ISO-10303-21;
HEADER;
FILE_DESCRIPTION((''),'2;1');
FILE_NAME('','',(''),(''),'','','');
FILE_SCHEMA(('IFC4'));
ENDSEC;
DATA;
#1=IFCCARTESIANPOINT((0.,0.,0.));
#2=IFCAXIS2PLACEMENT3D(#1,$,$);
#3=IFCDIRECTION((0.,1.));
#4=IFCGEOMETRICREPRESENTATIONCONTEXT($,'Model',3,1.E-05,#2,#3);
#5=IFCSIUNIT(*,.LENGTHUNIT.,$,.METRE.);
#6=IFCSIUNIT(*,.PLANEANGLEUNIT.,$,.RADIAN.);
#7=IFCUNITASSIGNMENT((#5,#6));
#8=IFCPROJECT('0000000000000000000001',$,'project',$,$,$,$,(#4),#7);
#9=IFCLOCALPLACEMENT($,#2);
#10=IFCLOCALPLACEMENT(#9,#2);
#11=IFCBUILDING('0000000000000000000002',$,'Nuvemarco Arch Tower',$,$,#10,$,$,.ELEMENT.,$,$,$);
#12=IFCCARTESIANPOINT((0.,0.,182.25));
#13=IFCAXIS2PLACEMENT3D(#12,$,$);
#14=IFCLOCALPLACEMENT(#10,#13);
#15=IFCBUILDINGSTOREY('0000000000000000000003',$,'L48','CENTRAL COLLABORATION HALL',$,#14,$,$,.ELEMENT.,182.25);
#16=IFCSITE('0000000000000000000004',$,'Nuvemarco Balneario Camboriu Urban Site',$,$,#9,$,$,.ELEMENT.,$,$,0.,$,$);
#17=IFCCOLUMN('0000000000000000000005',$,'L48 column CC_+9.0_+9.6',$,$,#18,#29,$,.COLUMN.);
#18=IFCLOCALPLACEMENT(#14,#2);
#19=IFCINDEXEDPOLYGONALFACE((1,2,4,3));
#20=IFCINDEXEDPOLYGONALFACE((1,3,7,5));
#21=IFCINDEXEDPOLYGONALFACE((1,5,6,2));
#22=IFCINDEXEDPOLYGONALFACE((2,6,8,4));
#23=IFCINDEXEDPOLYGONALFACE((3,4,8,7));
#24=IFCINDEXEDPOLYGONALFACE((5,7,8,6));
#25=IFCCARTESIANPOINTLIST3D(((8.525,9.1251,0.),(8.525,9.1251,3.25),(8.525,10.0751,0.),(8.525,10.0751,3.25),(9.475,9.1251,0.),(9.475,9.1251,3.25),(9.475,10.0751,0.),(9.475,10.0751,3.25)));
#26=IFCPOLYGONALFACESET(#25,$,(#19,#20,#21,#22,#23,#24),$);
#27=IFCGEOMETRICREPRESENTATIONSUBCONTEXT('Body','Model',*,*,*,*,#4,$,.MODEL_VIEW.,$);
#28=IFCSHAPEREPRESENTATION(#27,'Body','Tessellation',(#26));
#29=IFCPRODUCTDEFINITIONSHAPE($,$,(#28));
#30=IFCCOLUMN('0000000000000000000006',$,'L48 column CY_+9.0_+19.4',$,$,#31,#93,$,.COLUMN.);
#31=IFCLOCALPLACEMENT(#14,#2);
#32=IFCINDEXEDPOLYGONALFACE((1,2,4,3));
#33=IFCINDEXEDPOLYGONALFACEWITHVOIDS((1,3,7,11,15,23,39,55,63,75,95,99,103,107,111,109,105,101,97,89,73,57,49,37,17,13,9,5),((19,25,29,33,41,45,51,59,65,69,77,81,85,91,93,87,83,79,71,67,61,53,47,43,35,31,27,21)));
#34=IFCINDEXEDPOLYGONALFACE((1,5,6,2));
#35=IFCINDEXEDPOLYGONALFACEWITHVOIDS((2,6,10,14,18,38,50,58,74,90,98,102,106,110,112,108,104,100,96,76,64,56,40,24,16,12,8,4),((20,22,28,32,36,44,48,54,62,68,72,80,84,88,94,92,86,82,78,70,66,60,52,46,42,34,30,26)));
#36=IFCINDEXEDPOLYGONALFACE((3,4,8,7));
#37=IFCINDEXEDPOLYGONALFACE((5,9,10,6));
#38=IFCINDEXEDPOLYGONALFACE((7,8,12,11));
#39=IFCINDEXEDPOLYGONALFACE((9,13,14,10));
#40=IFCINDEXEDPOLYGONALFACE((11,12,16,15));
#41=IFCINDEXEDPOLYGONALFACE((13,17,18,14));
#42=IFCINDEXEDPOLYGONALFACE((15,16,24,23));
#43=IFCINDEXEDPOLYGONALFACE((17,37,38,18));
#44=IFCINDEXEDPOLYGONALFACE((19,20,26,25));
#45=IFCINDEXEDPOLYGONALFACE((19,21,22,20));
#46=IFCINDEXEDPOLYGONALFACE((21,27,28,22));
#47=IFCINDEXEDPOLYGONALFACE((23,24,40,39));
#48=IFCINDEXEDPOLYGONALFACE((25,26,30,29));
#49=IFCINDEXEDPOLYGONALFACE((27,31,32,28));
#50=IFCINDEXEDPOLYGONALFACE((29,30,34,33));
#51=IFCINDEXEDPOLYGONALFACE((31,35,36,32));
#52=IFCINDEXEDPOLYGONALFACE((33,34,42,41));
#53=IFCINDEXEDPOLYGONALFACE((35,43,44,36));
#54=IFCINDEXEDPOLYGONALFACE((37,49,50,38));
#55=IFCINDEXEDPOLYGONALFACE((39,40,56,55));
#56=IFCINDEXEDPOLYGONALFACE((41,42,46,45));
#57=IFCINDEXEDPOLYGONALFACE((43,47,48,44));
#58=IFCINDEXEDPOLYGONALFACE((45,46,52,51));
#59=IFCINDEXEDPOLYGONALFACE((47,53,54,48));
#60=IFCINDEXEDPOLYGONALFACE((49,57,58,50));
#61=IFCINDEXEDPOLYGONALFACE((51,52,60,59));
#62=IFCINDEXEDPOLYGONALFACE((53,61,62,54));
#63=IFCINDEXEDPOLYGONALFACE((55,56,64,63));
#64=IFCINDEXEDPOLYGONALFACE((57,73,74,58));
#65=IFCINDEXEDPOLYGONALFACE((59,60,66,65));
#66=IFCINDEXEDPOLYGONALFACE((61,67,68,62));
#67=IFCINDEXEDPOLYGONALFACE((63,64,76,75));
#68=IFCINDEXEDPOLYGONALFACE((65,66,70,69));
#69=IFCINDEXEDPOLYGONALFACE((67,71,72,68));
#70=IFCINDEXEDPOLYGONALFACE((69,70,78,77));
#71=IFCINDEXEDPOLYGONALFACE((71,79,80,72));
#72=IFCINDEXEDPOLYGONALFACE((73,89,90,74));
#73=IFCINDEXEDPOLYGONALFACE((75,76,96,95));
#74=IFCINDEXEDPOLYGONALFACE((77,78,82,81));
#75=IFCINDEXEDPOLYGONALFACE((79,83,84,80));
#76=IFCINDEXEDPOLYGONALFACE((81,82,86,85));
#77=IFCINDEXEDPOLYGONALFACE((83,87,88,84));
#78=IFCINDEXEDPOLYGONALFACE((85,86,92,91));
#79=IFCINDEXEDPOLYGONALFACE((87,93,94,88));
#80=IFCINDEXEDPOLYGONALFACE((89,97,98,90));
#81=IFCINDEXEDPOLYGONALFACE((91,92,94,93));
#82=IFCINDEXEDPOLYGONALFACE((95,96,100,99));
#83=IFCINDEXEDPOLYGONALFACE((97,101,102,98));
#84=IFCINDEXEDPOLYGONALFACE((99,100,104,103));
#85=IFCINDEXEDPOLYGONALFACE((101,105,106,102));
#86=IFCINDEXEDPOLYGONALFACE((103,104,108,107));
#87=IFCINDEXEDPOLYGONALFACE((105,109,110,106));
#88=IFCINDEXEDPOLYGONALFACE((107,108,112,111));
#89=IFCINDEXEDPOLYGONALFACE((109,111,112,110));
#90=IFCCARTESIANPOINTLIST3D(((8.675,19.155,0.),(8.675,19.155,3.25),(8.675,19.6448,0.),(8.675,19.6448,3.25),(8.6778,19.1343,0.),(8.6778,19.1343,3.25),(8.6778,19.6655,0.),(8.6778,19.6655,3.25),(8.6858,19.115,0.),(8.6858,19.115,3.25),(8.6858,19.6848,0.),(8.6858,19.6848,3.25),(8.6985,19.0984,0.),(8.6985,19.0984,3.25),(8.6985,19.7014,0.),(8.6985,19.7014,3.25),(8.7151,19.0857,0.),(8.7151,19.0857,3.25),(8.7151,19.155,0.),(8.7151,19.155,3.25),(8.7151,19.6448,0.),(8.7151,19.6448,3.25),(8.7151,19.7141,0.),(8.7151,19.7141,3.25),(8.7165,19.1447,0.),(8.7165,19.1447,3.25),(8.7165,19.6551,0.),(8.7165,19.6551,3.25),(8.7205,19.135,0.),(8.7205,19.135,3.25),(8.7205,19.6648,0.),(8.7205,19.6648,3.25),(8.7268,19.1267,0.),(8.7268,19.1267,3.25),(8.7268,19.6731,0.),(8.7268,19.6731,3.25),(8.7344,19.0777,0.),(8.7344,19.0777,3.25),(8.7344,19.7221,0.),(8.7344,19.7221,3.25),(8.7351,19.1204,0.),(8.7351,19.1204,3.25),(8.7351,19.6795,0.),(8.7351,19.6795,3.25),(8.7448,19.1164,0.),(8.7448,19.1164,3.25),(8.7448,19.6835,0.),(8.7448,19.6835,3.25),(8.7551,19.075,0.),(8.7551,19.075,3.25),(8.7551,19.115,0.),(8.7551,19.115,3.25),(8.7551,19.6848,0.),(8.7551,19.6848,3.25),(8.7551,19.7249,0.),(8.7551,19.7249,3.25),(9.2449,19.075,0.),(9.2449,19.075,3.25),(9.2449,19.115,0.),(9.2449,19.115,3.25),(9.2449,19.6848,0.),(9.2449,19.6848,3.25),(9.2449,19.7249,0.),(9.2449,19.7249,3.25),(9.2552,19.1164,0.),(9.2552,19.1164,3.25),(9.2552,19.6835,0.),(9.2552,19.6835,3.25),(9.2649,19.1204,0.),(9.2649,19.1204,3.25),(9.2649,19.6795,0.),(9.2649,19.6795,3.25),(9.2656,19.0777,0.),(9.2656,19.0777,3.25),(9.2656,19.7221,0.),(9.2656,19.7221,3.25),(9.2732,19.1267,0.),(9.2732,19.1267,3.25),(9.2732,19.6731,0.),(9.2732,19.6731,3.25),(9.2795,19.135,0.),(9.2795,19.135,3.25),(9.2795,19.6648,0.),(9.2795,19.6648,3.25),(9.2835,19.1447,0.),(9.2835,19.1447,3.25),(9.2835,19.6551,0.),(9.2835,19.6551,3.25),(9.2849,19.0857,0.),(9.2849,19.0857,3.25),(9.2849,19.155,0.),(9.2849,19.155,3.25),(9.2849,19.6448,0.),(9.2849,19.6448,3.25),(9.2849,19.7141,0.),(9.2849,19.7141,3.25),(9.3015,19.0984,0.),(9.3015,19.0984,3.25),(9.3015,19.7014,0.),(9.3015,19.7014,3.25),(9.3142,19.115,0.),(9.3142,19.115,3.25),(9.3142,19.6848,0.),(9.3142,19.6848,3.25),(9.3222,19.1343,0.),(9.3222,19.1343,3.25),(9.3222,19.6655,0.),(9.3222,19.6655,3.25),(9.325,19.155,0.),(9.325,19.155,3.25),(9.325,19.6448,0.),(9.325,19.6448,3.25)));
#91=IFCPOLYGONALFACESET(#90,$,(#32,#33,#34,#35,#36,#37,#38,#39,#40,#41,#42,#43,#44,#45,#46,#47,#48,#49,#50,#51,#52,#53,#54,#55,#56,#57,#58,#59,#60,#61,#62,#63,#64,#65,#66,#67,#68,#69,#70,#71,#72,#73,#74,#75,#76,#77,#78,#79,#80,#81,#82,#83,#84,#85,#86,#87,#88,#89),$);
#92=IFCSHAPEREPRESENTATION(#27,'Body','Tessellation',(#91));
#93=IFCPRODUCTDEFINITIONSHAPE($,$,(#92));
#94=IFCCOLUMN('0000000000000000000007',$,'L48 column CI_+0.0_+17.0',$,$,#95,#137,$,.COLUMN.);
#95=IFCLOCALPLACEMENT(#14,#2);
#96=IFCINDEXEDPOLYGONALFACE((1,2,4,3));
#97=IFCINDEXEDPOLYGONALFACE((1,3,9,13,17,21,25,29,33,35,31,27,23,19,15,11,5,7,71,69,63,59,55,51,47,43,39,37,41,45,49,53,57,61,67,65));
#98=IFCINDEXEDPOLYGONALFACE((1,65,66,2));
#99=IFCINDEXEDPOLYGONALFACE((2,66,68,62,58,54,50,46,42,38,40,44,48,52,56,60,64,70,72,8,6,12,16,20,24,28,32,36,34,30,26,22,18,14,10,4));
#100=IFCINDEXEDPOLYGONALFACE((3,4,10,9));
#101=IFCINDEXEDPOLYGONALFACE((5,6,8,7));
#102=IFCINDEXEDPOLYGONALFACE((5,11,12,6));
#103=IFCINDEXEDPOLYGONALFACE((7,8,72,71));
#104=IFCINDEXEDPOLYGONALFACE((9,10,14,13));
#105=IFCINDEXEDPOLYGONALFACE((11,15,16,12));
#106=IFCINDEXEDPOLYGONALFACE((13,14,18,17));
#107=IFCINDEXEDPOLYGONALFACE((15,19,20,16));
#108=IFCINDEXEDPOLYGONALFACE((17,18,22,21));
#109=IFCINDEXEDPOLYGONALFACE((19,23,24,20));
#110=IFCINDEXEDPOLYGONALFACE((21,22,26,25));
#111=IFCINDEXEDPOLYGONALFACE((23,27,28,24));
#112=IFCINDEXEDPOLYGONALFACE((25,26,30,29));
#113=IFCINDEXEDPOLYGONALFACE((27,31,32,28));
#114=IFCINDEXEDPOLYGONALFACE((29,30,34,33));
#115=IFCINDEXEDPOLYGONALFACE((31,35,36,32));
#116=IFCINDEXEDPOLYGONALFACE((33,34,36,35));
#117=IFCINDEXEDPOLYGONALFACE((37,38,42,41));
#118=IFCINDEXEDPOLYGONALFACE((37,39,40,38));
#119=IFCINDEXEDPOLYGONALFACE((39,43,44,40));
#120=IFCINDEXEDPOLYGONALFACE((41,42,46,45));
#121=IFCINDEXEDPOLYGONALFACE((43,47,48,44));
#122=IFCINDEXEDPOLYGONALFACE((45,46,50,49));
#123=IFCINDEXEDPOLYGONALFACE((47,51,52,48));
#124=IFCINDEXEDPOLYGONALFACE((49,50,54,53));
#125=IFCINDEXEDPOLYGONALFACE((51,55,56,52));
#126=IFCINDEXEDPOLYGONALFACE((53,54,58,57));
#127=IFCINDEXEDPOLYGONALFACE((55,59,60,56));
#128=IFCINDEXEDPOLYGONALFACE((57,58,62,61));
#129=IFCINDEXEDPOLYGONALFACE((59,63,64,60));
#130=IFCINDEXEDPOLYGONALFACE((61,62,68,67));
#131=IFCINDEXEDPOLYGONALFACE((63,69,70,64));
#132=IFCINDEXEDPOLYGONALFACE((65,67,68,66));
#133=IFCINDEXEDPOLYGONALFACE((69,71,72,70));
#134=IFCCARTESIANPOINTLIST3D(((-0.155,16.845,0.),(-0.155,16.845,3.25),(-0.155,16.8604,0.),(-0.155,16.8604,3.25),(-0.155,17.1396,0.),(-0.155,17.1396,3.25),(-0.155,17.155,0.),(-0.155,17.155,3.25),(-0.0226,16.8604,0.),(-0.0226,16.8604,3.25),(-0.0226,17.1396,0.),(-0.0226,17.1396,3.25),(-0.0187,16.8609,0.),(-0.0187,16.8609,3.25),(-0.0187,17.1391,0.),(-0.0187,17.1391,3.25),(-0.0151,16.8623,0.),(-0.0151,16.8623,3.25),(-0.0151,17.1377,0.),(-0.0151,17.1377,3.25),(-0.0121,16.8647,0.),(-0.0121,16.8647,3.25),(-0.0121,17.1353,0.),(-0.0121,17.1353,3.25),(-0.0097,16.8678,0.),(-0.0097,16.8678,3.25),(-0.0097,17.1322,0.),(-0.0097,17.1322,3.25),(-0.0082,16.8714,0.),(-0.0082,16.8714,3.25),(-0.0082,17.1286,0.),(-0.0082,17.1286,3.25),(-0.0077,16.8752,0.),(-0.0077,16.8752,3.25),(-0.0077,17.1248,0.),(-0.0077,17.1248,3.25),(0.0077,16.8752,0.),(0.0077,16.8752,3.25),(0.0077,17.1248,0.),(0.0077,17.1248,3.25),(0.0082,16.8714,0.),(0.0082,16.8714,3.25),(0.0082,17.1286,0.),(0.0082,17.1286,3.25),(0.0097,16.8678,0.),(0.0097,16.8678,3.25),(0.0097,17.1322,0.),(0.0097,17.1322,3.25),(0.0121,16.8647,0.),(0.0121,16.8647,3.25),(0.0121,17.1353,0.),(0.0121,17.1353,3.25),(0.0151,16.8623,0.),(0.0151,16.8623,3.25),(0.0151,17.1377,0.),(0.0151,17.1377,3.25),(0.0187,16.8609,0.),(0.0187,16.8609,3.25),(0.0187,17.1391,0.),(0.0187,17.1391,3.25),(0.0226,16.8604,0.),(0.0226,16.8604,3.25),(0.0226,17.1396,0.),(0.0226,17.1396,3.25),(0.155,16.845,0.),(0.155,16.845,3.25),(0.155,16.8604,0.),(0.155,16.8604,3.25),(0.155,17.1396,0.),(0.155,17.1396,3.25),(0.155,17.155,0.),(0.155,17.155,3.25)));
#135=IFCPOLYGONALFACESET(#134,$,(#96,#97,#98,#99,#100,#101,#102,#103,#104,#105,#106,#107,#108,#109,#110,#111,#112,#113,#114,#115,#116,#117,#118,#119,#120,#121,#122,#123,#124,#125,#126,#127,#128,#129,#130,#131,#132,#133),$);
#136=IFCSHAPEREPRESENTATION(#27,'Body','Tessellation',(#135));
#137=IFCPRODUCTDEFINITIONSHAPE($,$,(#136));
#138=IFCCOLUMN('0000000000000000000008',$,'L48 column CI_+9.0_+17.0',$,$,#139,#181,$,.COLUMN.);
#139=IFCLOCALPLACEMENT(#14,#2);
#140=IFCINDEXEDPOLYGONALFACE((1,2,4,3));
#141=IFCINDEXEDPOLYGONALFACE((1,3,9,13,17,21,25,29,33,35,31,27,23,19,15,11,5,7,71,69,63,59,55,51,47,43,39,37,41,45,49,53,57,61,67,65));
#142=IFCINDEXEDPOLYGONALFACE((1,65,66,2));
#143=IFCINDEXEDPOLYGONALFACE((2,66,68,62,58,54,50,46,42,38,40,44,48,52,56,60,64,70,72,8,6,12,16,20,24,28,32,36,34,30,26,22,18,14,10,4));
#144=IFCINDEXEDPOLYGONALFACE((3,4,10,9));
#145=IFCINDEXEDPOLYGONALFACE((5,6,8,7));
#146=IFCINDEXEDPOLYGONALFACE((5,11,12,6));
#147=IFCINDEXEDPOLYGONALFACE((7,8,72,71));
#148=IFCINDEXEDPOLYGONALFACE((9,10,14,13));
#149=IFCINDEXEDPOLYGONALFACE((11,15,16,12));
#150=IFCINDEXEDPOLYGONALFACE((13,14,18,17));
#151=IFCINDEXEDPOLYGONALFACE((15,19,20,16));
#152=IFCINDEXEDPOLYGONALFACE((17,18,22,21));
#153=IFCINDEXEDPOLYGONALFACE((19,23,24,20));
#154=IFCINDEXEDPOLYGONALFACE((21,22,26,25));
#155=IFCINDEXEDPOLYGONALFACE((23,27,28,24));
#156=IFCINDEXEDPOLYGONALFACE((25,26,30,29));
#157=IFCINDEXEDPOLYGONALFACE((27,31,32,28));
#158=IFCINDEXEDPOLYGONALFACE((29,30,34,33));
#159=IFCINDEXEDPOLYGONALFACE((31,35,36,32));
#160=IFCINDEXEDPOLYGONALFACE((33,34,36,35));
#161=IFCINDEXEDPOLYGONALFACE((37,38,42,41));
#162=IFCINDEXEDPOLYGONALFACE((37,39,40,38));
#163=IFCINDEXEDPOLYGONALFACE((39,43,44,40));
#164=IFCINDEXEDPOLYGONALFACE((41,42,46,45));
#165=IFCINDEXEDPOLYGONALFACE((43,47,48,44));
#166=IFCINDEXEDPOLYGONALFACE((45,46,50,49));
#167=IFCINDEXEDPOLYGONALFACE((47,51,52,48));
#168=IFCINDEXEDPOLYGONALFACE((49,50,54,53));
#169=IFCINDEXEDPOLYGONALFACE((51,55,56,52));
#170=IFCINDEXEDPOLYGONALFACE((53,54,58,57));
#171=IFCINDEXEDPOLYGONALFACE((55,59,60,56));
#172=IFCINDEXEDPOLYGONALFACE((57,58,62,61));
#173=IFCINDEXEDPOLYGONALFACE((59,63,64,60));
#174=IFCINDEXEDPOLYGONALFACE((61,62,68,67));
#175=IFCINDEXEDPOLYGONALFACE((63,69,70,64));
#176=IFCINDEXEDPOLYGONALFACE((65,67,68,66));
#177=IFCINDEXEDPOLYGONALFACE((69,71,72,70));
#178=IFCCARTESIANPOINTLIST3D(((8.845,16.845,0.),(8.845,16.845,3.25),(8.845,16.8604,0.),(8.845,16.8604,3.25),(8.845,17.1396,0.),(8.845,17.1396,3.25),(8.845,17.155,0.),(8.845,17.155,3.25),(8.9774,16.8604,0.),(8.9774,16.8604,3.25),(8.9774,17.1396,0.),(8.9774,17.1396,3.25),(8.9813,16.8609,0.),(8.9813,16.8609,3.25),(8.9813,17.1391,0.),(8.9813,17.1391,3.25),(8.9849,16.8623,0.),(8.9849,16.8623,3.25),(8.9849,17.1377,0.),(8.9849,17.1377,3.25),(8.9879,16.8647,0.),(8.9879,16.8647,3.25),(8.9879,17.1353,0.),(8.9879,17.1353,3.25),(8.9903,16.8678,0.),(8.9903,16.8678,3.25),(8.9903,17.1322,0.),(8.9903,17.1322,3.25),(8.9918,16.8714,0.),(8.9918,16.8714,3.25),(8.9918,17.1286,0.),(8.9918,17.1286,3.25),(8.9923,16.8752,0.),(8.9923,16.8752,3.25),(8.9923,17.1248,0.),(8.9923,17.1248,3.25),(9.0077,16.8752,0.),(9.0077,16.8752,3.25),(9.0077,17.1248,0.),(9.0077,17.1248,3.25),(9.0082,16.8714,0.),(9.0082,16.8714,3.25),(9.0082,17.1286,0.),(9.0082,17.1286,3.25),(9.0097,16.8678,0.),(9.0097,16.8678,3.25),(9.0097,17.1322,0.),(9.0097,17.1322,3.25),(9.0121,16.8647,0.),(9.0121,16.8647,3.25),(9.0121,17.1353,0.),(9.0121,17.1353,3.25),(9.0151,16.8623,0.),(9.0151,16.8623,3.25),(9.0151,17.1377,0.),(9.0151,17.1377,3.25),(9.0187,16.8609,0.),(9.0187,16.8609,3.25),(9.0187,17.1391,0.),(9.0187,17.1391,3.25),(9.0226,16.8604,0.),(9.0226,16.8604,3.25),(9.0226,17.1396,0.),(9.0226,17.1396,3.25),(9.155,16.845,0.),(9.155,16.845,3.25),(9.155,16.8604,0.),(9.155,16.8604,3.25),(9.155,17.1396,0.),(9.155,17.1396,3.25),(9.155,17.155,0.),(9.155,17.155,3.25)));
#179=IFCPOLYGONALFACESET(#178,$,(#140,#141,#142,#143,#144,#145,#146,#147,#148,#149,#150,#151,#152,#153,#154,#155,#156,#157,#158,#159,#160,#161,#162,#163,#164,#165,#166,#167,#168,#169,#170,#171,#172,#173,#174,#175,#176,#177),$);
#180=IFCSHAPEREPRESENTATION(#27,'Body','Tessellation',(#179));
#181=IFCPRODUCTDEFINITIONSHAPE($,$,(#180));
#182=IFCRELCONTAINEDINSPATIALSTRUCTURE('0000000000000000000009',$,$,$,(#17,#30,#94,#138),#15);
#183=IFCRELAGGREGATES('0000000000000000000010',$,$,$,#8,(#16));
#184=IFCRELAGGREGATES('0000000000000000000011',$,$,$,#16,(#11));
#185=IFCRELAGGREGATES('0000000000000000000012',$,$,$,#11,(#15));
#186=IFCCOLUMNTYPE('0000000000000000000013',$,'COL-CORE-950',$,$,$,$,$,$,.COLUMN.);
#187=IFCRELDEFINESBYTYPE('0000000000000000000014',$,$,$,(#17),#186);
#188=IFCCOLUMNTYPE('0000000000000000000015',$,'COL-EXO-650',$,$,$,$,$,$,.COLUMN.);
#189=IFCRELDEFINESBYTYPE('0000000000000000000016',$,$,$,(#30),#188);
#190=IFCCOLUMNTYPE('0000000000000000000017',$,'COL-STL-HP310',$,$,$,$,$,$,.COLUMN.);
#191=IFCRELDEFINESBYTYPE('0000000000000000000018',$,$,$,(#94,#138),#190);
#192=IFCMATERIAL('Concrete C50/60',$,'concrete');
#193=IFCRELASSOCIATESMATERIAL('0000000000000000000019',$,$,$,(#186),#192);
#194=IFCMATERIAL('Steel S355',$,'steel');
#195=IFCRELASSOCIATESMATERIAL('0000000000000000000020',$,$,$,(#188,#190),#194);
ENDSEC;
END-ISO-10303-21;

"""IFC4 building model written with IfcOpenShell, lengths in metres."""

from ifc_helpers import new_model, si_unit, direction, frame, origin, origin_2d, place, context, subcontext, project, spatial, rectangle, hollow_rectangle, i_section, extrude, material, material_profile, profile_set, type_object, element, save


model = new_model("IFC4")

# Units and contexts
model_context = context("Model", 3, precision=1e-05, world=origin(), true_north=direction((0.0, 1.0)))
body_context = subcontext(model_context, "Body", "Model", "MODEL_VIEW")
ifc_project = project(units=[si_unit("LENGTHUNIT", "METRE"), si_unit("PLANEANGLEUNIT", "RADIAN")], contexts=[model_context])

# Site, building, storey
site_placement = place(None, origin())
site = spatial("IfcSite", under=ifc_project, at=site_placement, Name="Nuvemarco Balneario Camboriu Urban Site", CompositionType="ELEMENT", RefElevation=0.0)
building_placement = place(site_placement, origin())
building = spatial("IfcBuilding", under=site, at=building_placement, Name="Nuvemarco Arch Tower", CompositionType="ELEMENT")
storey_placement = place(building_placement, frame((0.0, 0.0, 182.25)))
storey = spatial("IfcBuildingStorey", under=building, at=storey_placement, Name="L48", Description="CENTRAL COLLABORATION HALL", CompositionType="ELEMENT", Elevation=182.25)

# Columns
ifc_material_1 = material(Name="Concrete C50/60", Category="concrete")
ifc_material_profile_1 = material_profile(ifc_material_1, rectangle(XDim=0.95, YDim=0.95, at=origin_2d()), Name="RC-COL-950x950")
ifc_profile_set_1 = profile_set([ifc_material_profile_1], Name="Concrete C50/60")
column_type_1 = type_object("IfcColumnType", Name="COL-CORE-950", PredefinedType="COLUMN", material=ifc_profile_set_1)
column_1_placement = place(storey_placement, frame((9.0, 9.6001, 0.0), z_axis=(0.0, 0.0, 1.0), x_axis=(1.0, 0.0, 0.0)))
element("IfcColumn", 1, at=column_1_placement, inside=storey, type_object=column_type_1, Name="L48 column CC_+9.0_+9.6", PredefinedType="COLUMN", context=body_context, shape_type="SweptSolid", body=[
    extrude(rectangle(XDim=0.95, YDim=0.95, at=origin_2d()), origin(), (0.0, 0.0, 1.0), 3.25),
])
ifc_material_2 = material(Name="Steel S355", Category="steel")
ifc_material_profile_2 = material_profile(ifc_material_2, hollow_rectangle(XDim=0.6499, YDim=0.6499, WallThickness=0.04, InnerFilletRadius=0.04, OuterFilletRadius=0.0801, at=origin_2d()), Name="SHS650x650x40")
ifc_profile_set_2 = profile_set([ifc_material_profile_2], Name="Steel S355")
column_type_2 = type_object("IfcColumnType", Name="COL-EXO-650", PredefinedType="COLUMN", material=ifc_profile_set_2)
column_2_placement = place(storey_placement, frame((9.0, 19.3999, 0.0), z_axis=(0.0, 0.0, 1.0), x_axis=(1.0, 0.0, 0.0)))
element("IfcColumn", 2, at=column_2_placement, inside=storey, type_object=column_type_2, Name="L48 column CY_+9.0_+19.4", PredefinedType="COLUMN", context=body_context, shape_type="SweptSolid", body=[
    extrude(hollow_rectangle(XDim=0.6499, YDim=0.6499, WallThickness=0.04, InnerFilletRadius=0.04, OuterFilletRadius=0.0801, at=origin_2d()), origin(), (0.0, 0.0, 1.0), 3.25),
])
ifc_material_profile_3 = material_profile(ifc_material_2, i_section(OverallWidth=0.3101, OverallDepth=0.3101, WebThickness=0.0154, FlangeThickness=0.0154, FilletRadius=0.0149, at=origin_2d()), Name="HP310x110")
ifc_profile_set_3 = profile_set([ifc_material_profile_3], Name="Steel S355")
column_type_3 = type_object("IfcColumnType", Name="COL-STL-HP310", PredefinedType="COLUMN", material=ifc_profile_set_3)
for number, where, z_axis, x_axis, name in (
    (3, (0.0, 17.0, 0.0), (0.0, 0.0, 1.0), (1.0, 0.0, 0.0), "L48 column CI_+0.0_+17.0"),
    (4, (9.0, 17.0, 0.0), (0.0, 0.0, 1.0), (1.0, 0.0, 0.0), "L48 column CI_+9.0_+17.0"),
):
    element("IfcColumn", number, at=place(storey_placement, frame(where, z_axis=z_axis, x_axis=x_axis)), inside=storey, type_object=column_type_3, Name=name, PredefinedType="COLUMN", context=body_context, shape_type="SweptSolid", body=[
        extrude(i_section(OverallWidth=0.3101, OverallDepth=0.3101, WebThickness=0.0154, FlangeThickness=0.0154, FilletRadius=0.0149, at=origin_2d()), origin(), (0.0, 0.0, 1.0), 3.25),
    ])

save(model, "model.ifc")
